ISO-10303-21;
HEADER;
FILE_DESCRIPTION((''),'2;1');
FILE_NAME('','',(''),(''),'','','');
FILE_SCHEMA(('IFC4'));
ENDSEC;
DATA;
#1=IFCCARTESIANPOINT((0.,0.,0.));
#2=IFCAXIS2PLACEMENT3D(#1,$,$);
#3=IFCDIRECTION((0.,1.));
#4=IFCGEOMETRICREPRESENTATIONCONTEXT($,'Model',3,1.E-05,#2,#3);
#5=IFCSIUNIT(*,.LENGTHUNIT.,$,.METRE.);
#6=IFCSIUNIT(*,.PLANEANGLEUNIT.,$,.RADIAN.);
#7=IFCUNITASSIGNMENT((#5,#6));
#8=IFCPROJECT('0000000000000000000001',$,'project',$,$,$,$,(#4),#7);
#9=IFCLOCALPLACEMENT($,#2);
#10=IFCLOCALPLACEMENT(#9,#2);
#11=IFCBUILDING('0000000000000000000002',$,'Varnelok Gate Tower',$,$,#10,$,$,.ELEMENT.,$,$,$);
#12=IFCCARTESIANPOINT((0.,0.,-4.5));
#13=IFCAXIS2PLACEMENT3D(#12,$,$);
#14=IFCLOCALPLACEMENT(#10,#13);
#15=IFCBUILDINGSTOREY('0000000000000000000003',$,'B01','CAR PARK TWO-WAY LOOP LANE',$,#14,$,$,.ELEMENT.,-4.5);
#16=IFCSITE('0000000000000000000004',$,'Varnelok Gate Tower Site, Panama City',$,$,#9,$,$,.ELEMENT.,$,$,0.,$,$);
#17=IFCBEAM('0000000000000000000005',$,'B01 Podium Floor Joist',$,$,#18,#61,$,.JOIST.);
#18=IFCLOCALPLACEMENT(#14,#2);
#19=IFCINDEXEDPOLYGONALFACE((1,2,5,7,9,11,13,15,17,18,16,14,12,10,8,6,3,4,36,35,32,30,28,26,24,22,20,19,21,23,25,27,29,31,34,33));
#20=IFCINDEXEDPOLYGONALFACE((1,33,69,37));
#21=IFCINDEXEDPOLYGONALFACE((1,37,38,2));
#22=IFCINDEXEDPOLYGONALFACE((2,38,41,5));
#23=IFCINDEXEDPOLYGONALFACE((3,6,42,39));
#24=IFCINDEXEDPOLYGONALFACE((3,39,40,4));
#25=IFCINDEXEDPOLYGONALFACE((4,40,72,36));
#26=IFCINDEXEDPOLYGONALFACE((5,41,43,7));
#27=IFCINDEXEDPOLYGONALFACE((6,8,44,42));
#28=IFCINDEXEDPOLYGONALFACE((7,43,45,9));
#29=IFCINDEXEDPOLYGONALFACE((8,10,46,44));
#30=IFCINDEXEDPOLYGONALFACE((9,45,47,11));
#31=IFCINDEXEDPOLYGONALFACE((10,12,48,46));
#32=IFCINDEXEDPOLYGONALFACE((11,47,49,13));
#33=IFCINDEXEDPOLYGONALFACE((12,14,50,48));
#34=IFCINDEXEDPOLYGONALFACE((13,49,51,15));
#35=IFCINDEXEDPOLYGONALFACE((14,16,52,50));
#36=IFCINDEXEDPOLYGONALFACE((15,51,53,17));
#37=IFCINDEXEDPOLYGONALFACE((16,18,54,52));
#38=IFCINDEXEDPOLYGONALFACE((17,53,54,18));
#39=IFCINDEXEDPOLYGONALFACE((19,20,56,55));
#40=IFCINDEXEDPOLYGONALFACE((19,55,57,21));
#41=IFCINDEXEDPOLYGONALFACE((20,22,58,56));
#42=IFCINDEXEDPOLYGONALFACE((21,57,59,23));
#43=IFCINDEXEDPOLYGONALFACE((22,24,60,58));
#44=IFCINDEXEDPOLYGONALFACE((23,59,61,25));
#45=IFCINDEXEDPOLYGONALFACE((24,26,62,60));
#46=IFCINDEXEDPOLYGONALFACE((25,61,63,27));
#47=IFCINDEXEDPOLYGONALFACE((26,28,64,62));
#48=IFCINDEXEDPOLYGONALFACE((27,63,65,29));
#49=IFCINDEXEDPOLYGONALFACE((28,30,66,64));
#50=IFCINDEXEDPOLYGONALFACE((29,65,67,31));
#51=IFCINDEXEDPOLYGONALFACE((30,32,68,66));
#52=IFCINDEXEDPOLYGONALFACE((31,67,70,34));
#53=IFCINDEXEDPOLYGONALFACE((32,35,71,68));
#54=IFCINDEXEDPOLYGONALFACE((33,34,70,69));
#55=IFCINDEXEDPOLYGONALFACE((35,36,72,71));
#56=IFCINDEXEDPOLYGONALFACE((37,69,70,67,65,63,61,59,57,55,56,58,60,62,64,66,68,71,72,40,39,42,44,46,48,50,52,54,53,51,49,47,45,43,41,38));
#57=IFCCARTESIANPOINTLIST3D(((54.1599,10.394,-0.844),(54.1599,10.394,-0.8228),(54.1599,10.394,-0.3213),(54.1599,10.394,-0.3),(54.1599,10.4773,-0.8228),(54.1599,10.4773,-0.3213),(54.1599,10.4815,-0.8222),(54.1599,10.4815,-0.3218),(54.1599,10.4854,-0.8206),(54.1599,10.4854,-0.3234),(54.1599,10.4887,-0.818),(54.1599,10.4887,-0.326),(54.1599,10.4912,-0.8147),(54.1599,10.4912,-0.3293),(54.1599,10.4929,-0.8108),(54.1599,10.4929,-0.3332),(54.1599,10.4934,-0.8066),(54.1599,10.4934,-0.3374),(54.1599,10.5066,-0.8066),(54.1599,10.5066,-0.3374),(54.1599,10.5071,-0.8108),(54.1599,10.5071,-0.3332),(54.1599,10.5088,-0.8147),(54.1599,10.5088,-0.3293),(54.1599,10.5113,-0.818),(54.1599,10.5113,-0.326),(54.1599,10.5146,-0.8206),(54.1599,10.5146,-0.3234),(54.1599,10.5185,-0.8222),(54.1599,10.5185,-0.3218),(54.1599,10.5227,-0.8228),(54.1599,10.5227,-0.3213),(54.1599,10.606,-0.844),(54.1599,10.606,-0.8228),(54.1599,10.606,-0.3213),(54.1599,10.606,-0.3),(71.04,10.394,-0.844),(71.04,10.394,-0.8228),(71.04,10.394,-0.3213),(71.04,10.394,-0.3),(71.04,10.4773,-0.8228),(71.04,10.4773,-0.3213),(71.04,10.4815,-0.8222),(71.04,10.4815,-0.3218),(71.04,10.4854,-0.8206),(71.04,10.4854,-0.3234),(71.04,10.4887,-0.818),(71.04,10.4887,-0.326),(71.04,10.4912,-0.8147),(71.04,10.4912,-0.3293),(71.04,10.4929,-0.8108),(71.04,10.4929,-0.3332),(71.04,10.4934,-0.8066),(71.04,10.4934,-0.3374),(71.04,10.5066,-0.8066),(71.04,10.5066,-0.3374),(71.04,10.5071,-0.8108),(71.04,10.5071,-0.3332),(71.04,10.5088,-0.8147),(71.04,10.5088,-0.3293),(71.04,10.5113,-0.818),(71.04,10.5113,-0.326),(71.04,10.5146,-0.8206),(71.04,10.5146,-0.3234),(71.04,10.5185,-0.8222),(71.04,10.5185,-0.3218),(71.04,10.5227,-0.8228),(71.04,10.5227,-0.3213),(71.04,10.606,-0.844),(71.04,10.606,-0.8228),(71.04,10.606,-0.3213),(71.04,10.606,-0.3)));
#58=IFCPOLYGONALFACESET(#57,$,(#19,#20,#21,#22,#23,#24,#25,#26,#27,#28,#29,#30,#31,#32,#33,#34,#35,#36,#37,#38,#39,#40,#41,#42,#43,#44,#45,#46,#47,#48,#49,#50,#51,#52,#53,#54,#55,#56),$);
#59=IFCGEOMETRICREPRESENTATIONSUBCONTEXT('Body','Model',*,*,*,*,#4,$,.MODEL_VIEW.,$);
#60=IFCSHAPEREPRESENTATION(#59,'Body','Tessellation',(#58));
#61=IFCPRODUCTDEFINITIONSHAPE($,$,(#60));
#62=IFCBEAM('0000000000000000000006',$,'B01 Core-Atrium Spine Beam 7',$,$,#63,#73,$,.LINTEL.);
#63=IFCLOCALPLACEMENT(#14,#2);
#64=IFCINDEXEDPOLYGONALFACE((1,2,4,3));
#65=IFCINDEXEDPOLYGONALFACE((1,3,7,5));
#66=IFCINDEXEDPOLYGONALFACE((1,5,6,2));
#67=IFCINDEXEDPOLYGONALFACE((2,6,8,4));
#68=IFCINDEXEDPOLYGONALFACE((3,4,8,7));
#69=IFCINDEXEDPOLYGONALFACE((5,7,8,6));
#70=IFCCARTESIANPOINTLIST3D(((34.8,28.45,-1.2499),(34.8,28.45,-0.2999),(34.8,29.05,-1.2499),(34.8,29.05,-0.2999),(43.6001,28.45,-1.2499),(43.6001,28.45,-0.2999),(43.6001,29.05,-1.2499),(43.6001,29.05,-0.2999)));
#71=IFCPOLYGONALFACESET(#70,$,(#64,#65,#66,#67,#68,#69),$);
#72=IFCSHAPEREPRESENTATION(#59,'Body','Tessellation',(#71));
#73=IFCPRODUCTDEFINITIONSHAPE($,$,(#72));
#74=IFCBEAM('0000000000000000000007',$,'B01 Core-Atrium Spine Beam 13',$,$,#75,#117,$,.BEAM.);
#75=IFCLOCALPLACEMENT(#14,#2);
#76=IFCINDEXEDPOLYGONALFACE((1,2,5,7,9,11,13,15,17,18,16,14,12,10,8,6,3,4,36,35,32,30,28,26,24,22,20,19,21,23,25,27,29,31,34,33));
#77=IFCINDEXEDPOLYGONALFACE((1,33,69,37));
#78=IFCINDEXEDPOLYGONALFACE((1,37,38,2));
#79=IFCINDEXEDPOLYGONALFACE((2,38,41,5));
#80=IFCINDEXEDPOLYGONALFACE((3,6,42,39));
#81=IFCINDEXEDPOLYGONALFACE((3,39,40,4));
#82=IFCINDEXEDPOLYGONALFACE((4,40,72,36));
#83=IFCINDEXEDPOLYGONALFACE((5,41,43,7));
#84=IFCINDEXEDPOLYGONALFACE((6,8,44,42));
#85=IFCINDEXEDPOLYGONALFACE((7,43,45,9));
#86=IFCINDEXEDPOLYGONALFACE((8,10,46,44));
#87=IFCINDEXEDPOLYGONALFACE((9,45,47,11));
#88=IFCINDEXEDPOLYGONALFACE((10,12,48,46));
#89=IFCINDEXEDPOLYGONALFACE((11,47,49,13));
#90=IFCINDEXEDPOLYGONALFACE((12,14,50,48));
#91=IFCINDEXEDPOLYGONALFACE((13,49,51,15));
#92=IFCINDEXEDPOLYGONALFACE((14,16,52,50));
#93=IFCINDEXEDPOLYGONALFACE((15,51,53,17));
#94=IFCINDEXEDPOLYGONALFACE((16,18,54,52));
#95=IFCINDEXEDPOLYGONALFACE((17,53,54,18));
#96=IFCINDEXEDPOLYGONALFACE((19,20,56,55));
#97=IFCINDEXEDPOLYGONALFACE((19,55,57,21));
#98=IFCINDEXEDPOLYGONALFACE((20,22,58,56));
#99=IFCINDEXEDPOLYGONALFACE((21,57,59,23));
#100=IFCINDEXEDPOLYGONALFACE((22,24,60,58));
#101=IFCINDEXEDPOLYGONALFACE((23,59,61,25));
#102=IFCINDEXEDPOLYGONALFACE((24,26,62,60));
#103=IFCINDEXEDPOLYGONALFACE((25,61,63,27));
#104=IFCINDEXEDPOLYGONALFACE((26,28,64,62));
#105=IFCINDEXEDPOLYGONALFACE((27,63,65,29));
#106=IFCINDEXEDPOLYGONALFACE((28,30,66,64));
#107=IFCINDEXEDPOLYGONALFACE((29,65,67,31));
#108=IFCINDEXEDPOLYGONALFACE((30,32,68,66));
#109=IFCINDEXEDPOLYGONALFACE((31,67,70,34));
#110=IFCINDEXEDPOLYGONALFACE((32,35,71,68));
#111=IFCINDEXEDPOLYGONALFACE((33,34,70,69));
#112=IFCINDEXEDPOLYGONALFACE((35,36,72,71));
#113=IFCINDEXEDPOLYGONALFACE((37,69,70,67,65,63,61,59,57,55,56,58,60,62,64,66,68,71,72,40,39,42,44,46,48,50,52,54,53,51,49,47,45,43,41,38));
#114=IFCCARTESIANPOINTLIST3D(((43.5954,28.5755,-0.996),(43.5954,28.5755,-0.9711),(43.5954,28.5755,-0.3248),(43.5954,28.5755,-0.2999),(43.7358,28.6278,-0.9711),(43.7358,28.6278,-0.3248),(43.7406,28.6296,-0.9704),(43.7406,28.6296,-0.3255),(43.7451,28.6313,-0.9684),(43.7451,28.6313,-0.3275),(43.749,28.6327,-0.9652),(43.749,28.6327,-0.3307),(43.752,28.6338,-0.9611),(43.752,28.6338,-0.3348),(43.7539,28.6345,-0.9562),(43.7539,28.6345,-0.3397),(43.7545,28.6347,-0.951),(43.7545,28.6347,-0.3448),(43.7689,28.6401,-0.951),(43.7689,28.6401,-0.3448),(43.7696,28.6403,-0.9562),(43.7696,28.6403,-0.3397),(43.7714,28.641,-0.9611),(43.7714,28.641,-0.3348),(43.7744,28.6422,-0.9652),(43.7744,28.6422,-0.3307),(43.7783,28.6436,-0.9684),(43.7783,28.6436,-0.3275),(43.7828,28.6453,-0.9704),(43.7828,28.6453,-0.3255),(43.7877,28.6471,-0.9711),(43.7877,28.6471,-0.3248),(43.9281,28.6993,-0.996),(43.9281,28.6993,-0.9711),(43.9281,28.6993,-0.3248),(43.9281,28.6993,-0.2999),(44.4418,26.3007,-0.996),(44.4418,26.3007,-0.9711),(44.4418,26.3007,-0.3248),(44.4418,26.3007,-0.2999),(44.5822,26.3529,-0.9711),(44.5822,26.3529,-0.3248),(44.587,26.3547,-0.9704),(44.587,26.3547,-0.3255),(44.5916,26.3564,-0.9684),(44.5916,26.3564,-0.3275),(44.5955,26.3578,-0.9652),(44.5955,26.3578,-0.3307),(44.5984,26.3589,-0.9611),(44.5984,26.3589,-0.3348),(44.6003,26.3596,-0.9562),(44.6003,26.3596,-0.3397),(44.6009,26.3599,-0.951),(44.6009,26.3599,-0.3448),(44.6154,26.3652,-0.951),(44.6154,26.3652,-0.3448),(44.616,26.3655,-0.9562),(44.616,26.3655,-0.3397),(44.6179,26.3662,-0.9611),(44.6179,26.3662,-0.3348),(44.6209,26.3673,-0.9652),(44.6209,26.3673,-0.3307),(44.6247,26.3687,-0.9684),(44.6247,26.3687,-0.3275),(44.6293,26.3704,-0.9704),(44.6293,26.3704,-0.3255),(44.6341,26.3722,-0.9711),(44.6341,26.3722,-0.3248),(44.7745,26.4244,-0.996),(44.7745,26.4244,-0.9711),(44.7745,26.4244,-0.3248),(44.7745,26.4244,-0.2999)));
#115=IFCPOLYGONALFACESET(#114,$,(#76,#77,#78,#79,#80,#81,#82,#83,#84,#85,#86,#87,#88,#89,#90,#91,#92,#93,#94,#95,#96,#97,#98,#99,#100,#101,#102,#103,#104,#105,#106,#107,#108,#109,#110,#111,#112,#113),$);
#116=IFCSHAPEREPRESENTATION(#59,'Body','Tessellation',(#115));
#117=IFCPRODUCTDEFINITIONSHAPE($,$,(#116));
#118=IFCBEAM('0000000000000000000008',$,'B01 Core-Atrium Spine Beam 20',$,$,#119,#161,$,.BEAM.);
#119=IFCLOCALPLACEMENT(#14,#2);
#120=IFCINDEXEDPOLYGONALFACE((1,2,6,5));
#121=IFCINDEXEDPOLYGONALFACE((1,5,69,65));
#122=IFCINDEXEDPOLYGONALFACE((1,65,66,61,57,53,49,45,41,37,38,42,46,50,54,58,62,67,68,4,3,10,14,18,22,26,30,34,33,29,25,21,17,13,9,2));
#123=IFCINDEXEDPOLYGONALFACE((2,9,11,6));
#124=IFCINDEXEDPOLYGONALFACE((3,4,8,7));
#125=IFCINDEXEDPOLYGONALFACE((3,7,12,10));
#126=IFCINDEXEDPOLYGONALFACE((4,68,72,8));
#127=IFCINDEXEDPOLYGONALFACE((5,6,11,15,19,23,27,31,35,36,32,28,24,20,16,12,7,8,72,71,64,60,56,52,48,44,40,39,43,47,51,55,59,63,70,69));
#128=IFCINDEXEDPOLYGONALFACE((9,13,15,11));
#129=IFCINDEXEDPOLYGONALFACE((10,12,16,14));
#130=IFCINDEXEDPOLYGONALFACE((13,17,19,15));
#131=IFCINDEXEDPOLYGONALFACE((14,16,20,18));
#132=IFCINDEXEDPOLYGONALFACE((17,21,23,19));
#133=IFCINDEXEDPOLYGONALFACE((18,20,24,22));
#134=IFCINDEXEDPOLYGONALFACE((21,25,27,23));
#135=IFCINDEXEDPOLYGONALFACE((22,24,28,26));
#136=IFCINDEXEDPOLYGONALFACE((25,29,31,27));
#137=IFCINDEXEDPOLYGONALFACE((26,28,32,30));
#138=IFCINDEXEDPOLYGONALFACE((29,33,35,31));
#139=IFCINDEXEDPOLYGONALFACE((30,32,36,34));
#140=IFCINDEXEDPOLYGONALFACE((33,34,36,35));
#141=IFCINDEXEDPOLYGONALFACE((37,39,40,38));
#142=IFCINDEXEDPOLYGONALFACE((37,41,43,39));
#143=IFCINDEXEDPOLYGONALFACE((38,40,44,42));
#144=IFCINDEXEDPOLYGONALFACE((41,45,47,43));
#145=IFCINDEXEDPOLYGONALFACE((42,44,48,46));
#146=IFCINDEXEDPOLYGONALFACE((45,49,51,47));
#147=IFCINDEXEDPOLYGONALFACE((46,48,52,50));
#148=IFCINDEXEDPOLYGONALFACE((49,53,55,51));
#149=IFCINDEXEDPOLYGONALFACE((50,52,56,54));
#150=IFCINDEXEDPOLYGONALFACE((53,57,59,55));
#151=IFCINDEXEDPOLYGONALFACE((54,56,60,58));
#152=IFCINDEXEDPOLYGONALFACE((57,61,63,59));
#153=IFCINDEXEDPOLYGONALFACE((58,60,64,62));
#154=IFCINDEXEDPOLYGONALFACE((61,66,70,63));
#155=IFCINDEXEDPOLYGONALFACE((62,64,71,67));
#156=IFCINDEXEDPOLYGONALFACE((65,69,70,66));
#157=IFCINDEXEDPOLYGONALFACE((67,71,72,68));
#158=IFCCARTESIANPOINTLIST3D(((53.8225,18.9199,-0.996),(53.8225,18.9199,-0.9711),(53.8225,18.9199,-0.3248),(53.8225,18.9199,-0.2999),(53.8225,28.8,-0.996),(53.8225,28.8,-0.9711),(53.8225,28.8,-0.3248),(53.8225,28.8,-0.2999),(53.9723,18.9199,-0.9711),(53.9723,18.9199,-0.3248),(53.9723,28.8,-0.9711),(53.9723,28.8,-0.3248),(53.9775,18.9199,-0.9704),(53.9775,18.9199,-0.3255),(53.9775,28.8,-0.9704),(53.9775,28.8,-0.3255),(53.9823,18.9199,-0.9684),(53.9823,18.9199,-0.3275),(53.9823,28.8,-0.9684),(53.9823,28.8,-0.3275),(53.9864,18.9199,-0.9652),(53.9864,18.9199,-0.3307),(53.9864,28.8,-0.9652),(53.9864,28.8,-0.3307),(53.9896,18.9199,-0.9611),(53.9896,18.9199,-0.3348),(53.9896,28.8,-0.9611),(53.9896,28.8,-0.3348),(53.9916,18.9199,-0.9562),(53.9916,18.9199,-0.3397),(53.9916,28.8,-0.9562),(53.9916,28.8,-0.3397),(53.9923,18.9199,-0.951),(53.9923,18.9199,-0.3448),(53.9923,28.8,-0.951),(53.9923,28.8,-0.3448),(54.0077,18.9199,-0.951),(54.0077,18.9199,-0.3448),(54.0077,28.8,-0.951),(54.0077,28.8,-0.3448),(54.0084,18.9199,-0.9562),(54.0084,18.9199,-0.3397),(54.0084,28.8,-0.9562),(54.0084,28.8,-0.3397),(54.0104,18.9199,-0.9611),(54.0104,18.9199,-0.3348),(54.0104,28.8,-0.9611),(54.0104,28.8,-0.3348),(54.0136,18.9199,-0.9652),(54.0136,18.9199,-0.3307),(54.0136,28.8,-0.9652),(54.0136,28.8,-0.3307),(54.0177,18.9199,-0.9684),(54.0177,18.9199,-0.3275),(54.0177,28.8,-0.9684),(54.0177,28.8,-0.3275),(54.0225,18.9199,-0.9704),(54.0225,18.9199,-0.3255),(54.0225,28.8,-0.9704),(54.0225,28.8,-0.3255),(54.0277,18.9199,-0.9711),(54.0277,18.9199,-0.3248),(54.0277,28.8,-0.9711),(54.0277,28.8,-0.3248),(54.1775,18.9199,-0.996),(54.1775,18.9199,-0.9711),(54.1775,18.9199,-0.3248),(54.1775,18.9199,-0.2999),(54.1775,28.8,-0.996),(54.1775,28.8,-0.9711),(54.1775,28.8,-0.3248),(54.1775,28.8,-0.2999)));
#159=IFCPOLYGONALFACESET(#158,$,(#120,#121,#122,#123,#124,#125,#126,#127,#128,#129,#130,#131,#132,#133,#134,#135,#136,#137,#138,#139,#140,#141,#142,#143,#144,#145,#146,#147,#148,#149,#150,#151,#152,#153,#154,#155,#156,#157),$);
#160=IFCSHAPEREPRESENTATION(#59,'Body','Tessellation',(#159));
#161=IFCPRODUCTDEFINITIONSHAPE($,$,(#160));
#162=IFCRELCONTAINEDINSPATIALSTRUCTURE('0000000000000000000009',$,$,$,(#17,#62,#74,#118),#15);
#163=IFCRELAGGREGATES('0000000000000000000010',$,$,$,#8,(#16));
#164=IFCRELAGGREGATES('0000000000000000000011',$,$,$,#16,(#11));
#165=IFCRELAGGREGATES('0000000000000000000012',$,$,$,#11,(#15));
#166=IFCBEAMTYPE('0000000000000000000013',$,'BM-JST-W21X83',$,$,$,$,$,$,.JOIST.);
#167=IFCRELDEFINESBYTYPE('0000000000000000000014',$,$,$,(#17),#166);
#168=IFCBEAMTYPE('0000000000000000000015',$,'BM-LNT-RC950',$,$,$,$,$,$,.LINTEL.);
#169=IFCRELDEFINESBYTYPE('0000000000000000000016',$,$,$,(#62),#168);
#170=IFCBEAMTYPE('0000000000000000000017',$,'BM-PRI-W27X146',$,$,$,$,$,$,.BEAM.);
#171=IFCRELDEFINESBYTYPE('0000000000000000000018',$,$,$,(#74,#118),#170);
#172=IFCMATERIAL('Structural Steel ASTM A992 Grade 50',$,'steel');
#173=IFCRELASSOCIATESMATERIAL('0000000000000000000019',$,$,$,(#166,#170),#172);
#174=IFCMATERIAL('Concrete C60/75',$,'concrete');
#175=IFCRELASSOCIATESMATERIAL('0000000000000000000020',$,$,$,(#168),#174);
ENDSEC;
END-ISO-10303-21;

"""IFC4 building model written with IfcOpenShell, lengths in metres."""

from ifc_helpers import new_model, si_unit, direction, frame, origin, origin_2d, place, context, subcontext, project, spatial, rectangle, i_section, extrude, material, material_profile, profile_set, type_object, element, save


model = new_model("IFC4")

# Units and contexts
model_context = context("Model", 3, precision=1e-05, world=origin(), true_north=direction((0.0, 1.0)))
body_context = subcontext(model_context, "Body", "Model", "MODEL_VIEW")
ifc_project = project(units=[si_unit("LENGTHUNIT", "METRE"), si_unit("PLANEANGLEUNIT", "RADIAN")], contexts=[model_context])

# Site, building, storey
site_placement = place(None, origin())
site = spatial("IfcSite", under=ifc_project, at=site_placement, Name="Varnelok Gate Tower Site, Panama City", CompositionType="ELEMENT", RefElevation=0.0)
building_placement = place(site_placement, origin())
building = spatial("IfcBuilding", under=site, at=building_placement, Name="Varnelok Gate Tower", CompositionType="ELEMENT")
storey_placement = place(building_placement, frame((0.0, 0.0, -4.5)))
storey = spatial("IfcBuildingStorey", under=building, at=storey_placement, Name="B01", Description="CAR PARK TWO-WAY LOOP LANE", CompositionType="ELEMENT", Elevation=-4.5)

# Shared definitions
ifc_material_1 = material(Name="Structural Steel ASTM A992 Grade 50", Category="steel")

# Beams
ifc_material_profile_1 = material_profile(ifc_material_1, i_section(OverallWidth=0.2119, OverallDepth=0.5439, WebThickness=0.0132, FlangeThickness=0.0212, FilletRadius=0.0161, at=origin_2d()), Name="W21X83")
ifc_profile_set_1 = profile_set([ifc_material_profile_1], Name="Structural Steel ASTM A992 Grade 50")
beam_type_1 = type_object("IfcBeamType", Name="BM-JST-W21X83", PredefinedType="JOIST", material=ifc_profile_set_1)
for number, where, z_axis, x_axis, name in (
    (1, (54.1599, 10.5, -0.572), (1.0, 0.0, 0.0), (0.0, 1.0, 0.0), "B01 Podium Floor Joist"),
):
    element("IfcBeam", number, at=place(storey_placement, frame(where, z_axis=z_axis, x_axis=x_axis)), inside=storey, type_object=beam_type_1, Name=name, PredefinedType="JOIST", context=body_context, shape_type="SweptSolid", body=[
        extrude(i_section(OverallWidth=0.2119, OverallDepth=0.5439, WebThickness=0.0132, FlangeThickness=0.0212, FilletRadius=0.0161, at=origin_2d()), origin(), (0.0, 0.0, 1.0), 16.8801),
    ])
ifc_material_2 = material(Name="Concrete C60/75", Category="concrete")
ifc_material_profile_2 = material_profile(ifc_material_2, rectangle(XDim=0.6001, YDim=0.95, at=origin_2d()), Name="RC950X600")
ifc_profile_set_2 = profile_set([ifc_material_profile_2], Name="Concrete C60/75")
beam_type_2 = type_object("IfcBeamType", Name="BM-LNT-RC950", PredefinedType="LINTEL", material=ifc_profile_set_2)
beam_1_placement = place(storey_placement, frame((34.8, 28.75, -0.7749), z_axis=(1.0, 0.0, 0.0), x_axis=(0.0, 1.0, 0.0)))
element("IfcBeam", 2, at=beam_1_placement, inside=storey, type_object=beam_type_2, Name="B01 Core-Atrium Spine Beam 7", PredefinedType="LINTEL", context=body_context, shape_type="SweptSolid", body=[
    extrude(rectangle(XDim=0.6001, YDim=0.95, at=origin_2d()), origin(), (0.0, 0.0, 1.0), 8.8),
])
ifc_material_profile_3 = material_profile(ifc_material_1, i_section(OverallWidth=0.355, OverallDepth=0.696, WebThickness=0.0154, FlangeThickness=0.0249, FilletRadius=0.02, at=origin_2d()), Name="W27X146")
ifc_profile_set_3 = profile_set([ifc_material_profile_3], Name="Structural Steel ASTM A992 Grade 50")
beam_type_3 = type_object("IfcBeamType", Name="BM-PRI-W27X146", PredefinedType="BEAM", material=ifc_profile_set_3)
beam_2_placement = place(storey_placement, frame((44.6082, 26.3625, -0.6479), z_axis=(-0.348719, 0.937227, 0.0), x_axis=(-0.937227, -0.348719, 0.0)))
element("IfcBeam", 3, at=beam_2_placement, inside=storey, type_object=beam_type_3, Name="B01 Core-Atrium Spine Beam 13", PredefinedType="BEAM", context=body_context, shape_type="SweptSolid", body=[
    extrude(i_section(OverallWidth=0.355, OverallDepth=0.696, WebThickness=0.0154, FlangeThickness=0.0249, FilletRadius=0.02, at=origin_2d()), origin(), (0.0, 0.0, 1.0), 2.4272),
])
beam_3_placement = place(storey_placement, frame((54.0, 18.9199, -0.6479), z_axis=(0.0, 1.0, 0.0), x_axis=(-1.0, 0.0, 0.0)))
element("IfcBeam", 4, at=beam_3_placement, inside=storey, type_object=beam_type_3, Name="B01 Core-Atrium Spine Beam 20", PredefinedType="BEAM", context=body_context, shape_type="SweptSolid", body=[
    extrude(i_section(OverallWidth=0.355, OverallDepth=0.696, WebThickness=0.0154, FlangeThickness=0.0249, FilletRadius=0.02, at=origin_2d()), origin(), (0.0, 0.0, 1.0), 9.8801),
])

save(model, "model.ifc")
